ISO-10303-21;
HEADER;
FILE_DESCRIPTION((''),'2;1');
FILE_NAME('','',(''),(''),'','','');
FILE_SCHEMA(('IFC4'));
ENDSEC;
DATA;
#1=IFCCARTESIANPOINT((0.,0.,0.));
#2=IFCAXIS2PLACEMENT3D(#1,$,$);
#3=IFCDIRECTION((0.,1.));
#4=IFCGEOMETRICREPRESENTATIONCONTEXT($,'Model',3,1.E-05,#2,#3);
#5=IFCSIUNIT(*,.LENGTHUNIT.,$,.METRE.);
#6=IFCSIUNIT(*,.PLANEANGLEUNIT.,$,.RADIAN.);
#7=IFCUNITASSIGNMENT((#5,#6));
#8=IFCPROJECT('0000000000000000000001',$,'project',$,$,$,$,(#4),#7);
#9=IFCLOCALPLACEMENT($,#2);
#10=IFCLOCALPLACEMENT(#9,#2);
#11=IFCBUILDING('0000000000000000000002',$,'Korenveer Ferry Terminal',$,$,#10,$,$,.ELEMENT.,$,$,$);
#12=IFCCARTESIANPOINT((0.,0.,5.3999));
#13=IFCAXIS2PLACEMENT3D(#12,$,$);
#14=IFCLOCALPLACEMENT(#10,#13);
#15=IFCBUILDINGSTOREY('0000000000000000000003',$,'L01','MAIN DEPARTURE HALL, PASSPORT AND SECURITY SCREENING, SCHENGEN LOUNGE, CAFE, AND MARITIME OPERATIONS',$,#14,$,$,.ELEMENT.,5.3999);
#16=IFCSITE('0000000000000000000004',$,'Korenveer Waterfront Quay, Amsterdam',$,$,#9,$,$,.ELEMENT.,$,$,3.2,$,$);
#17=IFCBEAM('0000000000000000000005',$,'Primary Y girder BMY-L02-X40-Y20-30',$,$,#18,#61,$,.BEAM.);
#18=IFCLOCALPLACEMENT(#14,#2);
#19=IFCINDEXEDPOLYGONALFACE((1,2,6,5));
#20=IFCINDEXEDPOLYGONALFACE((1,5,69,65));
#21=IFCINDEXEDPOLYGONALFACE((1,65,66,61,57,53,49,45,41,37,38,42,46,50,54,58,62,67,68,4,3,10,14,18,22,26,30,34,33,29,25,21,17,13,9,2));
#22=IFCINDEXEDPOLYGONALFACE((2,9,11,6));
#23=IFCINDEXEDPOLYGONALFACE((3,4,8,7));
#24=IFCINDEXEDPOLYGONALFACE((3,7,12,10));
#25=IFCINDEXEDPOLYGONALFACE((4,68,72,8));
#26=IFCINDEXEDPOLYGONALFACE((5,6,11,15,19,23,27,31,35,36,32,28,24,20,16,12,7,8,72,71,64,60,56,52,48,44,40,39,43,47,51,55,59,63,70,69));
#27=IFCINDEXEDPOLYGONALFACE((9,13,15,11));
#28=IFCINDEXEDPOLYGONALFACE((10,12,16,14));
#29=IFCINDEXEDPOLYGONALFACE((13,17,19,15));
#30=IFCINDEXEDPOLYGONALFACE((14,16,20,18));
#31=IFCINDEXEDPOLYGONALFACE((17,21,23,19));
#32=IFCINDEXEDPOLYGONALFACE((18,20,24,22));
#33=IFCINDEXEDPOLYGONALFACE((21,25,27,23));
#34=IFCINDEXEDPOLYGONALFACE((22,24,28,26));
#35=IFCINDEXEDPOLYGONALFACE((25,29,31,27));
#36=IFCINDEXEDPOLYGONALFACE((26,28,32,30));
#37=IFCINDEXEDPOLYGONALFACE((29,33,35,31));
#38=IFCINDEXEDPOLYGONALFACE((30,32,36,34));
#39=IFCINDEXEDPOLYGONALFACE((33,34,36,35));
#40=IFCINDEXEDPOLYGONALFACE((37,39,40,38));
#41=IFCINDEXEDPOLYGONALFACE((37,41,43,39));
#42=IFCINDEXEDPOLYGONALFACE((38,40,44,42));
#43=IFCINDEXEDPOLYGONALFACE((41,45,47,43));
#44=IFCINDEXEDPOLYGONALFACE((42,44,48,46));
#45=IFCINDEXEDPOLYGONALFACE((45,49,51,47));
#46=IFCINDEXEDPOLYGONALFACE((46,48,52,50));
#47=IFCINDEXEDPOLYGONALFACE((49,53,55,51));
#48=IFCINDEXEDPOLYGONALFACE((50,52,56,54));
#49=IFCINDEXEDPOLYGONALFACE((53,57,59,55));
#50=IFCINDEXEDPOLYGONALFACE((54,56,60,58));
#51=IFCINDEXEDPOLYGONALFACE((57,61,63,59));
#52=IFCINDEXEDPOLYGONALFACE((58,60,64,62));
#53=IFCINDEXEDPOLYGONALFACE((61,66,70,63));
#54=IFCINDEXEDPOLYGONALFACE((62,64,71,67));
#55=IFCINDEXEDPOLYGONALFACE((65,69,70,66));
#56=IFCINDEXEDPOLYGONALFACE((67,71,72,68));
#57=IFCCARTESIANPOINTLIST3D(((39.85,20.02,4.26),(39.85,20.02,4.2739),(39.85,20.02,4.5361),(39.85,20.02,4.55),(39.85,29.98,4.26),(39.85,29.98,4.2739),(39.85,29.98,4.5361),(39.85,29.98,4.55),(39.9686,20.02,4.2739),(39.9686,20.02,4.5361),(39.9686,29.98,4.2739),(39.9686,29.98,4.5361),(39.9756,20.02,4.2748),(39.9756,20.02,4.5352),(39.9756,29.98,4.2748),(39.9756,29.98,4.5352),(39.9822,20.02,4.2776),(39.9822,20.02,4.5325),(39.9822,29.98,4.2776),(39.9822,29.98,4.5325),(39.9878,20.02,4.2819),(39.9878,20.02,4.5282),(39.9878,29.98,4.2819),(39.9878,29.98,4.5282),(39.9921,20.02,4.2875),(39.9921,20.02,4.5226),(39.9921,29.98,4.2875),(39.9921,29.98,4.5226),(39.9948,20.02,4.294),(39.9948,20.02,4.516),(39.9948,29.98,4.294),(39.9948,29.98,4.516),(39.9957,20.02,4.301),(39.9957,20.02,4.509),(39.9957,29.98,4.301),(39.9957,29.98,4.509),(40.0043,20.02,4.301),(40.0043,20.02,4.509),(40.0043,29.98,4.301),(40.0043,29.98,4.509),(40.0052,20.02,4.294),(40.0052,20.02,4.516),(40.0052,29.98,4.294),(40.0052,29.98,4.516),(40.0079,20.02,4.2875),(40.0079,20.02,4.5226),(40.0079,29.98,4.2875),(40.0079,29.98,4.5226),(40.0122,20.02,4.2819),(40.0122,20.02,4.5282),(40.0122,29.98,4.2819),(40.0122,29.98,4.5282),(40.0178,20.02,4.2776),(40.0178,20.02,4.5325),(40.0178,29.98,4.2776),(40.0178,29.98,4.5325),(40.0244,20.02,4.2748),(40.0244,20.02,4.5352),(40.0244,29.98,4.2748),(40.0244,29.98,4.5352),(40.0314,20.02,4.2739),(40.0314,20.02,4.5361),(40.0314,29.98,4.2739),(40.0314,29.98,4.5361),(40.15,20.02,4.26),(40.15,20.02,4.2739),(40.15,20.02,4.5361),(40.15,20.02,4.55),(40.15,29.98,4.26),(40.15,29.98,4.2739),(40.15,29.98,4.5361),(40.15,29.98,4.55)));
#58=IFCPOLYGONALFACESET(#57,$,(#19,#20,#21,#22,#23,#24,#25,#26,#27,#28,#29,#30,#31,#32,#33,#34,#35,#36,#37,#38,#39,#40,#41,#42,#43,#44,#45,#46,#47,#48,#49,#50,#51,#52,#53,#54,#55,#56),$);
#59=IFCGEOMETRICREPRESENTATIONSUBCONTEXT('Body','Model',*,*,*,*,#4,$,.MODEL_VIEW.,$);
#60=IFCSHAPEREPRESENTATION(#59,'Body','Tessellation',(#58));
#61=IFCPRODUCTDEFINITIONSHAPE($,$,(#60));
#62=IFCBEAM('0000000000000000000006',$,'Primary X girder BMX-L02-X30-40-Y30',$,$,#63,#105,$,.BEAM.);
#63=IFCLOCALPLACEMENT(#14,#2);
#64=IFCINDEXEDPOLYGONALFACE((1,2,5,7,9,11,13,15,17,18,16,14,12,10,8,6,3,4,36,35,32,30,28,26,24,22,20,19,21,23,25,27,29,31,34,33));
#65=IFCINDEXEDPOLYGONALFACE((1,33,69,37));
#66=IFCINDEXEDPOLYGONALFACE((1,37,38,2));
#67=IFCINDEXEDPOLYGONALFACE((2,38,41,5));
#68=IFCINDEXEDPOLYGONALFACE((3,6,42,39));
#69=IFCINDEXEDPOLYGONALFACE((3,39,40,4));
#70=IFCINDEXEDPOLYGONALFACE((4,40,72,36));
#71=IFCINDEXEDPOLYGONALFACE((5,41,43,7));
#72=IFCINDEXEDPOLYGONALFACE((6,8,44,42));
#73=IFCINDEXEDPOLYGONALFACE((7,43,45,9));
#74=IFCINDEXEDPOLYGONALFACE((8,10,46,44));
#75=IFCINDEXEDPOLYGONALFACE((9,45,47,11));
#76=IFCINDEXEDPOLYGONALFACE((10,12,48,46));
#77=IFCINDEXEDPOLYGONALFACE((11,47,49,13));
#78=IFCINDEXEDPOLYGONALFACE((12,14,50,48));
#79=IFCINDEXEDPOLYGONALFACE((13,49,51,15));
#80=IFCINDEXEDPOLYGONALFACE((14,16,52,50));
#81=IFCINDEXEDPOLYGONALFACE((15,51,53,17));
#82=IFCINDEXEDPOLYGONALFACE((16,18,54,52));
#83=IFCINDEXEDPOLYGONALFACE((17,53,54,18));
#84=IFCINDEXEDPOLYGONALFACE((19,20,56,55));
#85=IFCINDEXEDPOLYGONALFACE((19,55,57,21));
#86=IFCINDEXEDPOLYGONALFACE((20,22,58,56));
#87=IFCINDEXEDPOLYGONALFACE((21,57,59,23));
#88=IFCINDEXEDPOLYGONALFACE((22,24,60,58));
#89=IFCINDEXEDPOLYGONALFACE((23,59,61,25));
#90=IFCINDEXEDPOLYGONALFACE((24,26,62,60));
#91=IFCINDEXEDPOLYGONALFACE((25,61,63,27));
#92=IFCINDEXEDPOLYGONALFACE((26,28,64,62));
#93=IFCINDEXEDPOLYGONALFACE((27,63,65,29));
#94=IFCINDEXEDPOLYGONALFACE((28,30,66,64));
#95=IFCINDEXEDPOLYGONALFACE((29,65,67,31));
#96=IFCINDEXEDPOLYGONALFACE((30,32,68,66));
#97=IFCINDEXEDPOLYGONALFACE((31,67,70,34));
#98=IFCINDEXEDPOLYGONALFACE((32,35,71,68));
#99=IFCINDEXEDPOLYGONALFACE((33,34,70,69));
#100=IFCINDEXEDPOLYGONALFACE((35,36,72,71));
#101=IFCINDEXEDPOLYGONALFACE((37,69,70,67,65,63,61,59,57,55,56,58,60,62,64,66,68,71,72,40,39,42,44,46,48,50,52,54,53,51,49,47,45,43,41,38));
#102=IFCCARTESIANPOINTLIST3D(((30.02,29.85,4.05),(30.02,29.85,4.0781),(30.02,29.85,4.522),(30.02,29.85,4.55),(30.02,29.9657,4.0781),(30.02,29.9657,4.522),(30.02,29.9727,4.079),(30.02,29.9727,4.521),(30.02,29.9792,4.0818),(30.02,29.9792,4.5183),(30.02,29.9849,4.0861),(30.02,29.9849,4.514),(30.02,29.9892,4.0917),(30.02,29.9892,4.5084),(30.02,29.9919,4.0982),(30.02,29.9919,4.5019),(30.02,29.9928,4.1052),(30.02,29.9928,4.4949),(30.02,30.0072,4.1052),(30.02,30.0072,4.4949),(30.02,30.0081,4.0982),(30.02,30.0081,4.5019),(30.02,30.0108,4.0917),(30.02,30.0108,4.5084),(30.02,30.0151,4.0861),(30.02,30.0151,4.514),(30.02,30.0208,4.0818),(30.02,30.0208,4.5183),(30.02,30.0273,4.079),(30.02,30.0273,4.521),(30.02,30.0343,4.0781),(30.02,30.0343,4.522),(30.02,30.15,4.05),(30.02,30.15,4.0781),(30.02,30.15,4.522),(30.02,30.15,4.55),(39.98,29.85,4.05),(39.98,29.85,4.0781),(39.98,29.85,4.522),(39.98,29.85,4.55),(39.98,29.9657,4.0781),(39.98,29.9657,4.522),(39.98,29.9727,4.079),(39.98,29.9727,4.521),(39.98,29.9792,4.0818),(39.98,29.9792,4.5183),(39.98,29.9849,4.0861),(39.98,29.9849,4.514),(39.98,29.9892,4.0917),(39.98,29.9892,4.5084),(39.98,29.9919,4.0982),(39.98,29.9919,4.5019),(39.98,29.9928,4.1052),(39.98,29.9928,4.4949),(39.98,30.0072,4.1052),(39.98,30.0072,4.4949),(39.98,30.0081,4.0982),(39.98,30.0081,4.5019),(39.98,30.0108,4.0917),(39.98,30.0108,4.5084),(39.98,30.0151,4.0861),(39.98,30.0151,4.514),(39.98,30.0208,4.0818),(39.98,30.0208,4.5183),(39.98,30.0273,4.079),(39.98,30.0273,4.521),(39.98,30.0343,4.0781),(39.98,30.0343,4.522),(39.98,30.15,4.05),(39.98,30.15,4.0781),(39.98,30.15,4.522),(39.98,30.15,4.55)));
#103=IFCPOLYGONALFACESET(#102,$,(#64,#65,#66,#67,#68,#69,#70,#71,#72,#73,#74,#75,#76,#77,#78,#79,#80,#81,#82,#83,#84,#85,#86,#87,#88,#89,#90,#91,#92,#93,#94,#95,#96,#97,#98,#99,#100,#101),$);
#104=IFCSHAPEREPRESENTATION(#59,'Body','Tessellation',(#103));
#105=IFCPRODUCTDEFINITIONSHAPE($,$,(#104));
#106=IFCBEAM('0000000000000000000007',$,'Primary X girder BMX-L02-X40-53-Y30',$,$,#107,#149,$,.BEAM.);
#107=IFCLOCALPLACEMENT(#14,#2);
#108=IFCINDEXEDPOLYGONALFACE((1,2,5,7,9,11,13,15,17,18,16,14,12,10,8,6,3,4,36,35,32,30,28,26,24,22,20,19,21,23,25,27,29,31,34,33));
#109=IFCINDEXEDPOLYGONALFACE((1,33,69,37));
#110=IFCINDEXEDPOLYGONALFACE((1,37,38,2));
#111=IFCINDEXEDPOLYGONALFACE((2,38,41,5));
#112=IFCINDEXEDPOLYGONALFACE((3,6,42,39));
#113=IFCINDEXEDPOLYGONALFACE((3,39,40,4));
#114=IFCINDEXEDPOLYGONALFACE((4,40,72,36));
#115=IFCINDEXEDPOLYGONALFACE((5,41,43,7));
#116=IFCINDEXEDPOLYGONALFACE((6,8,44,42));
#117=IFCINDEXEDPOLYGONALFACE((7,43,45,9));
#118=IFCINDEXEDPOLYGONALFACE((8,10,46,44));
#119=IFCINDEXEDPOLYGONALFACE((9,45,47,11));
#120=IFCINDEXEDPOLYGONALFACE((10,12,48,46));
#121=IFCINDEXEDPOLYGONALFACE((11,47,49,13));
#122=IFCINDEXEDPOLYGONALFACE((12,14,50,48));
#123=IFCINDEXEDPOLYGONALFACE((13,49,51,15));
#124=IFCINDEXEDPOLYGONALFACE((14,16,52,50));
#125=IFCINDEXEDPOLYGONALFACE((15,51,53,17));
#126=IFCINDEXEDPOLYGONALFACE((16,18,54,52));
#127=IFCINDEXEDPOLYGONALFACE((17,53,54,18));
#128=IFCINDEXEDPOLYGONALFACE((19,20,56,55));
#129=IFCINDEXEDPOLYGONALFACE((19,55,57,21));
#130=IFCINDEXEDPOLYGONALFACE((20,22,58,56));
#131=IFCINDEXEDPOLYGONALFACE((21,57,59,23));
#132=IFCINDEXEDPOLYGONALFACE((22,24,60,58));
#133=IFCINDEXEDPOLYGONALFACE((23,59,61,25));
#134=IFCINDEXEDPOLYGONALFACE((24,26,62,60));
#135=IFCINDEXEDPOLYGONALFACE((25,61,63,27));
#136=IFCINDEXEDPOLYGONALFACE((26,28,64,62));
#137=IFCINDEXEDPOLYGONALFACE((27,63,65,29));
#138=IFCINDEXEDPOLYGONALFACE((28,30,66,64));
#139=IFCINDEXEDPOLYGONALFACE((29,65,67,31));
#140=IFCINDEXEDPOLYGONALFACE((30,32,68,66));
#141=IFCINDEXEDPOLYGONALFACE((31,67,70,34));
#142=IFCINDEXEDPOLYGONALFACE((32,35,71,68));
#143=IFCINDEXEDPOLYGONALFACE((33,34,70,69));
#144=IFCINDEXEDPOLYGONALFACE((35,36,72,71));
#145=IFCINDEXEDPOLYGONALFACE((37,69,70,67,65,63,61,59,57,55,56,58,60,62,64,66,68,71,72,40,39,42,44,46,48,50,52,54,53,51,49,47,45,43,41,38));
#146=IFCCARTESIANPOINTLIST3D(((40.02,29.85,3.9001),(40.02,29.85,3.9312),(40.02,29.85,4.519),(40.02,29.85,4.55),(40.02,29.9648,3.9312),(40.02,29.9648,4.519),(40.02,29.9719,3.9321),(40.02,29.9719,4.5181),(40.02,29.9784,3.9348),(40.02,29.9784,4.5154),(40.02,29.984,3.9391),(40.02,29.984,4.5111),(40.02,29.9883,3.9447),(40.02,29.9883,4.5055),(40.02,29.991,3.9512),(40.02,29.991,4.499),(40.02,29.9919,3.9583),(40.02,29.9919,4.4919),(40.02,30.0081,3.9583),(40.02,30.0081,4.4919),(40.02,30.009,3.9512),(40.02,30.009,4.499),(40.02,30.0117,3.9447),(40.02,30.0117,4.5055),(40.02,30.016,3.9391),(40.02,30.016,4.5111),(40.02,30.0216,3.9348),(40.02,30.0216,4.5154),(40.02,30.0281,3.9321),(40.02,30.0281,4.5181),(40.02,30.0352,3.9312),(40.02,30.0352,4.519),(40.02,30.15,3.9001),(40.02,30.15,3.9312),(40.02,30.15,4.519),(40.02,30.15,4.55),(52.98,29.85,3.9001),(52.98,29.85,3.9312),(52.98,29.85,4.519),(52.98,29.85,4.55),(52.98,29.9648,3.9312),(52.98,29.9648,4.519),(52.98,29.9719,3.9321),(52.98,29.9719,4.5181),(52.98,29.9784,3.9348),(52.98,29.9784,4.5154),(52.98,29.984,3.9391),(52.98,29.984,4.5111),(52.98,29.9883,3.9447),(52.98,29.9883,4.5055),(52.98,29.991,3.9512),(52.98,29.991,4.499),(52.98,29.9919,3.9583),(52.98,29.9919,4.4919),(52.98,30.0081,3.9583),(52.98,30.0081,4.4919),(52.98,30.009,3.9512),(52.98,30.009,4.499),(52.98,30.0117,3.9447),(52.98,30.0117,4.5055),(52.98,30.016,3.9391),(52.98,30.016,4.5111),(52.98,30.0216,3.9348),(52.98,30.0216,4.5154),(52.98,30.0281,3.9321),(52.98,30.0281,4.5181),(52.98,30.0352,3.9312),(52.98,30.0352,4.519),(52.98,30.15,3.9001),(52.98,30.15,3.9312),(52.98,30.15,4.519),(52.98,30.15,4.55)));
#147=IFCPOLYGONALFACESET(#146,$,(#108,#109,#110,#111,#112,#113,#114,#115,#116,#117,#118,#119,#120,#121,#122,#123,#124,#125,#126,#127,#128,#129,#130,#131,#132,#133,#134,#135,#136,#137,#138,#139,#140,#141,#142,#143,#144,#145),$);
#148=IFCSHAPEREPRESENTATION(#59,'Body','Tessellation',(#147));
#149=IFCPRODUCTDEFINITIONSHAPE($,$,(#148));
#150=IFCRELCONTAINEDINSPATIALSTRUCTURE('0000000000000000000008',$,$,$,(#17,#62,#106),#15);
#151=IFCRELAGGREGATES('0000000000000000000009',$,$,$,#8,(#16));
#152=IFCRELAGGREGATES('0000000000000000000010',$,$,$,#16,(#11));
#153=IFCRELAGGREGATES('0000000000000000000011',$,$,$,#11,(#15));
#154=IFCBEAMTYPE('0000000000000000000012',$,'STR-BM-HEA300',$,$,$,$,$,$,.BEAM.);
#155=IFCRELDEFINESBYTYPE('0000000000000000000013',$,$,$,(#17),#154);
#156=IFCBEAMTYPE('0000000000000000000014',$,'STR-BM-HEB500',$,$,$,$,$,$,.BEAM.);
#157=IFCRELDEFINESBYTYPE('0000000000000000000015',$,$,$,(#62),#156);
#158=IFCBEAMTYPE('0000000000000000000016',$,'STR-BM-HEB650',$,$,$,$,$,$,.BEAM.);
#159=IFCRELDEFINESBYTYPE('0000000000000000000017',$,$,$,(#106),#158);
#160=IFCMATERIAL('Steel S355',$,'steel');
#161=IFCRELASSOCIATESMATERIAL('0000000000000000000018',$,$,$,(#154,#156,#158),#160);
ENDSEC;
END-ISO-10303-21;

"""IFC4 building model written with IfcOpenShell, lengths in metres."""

from ifc_helpers import new_model, si_unit, direction, frame, origin, origin_2d, place, context, subcontext, project, spatial, i_section, extrude, material, material_profile, profile_set, type_object, element, save


model = new_model("IFC4")

# Units and contexts
model_context = context("Model", 3, precision=1e-05, world=origin(), true_north=direction((0.0, 1.0)))
body_context = subcontext(model_context, "Body", "Model", "MODEL_VIEW")
ifc_project = project(units=[si_unit("LENGTHUNIT", "METRE"), si_unit("PLANEANGLEUNIT", "RADIAN")], contexts=[model_context])

# Site, building, storey
site_placement = place(None, origin())
site = spatial("IfcSite", under=ifc_project, at=site_placement, Name="Korenveer Waterfront Quay, Amsterdam", CompositionType="ELEMENT", RefElevation=3.2)
building_placement = place(site_placement, origin())
building = spatial("IfcBuilding", under=site, at=building_placement, Name="Korenveer Ferry Terminal", CompositionType="ELEMENT")
storey_placement = place(building_placement, frame((0.0, 0.0, 5.3999)))
storey = spatial("IfcBuildingStorey", under=building, at=storey_placement, Name="L01", Description="MAIN DEPARTURE HALL, PASSPORT AND SECURITY SCREENING, SCHENGEN LOUNGE, CAFE, AND MARITIME OPERATIONS", CompositionType="ELEMENT", Elevation=5.3999)

# Beams
ifc_material_1 = material(Name="Steel S355", Category="steel")
ifc_material_profile_1 = material_profile(ifc_material_1, i_section(OverallWidth=0.3, OverallDepth=0.29, WebThickness=0.0085, FlangeThickness=0.0139, FilletRadius=0.0271, at=origin_2d()), Name="HEA 300")
ifc_profile_set_1 = profile_set([ifc_material_profile_1], Name="Steel S355")
beam_type_1 = type_object("IfcBeamType", Name="STR-BM-HEA300", PredefinedType="BEAM", material=ifc_profile_set_1)
beam_1_placement = place(storey_placement, frame((40.0, 20.02, 4.405), z_axis=(0.0, 1.0, 0.0), x_axis=(-1.0, 0.0, 0.0)))
element("IfcBeam", 1, at=beam_1_placement, inside=storey, type_object=beam_type_1, Name="Primary Y girder BMY-L02-X40-Y20-30", PredefinedType="BEAM", context=body_context, shape_type="SweptSolid", body=[
    extrude(i_section(OverallWidth=0.3, OverallDepth=0.29, WebThickness=0.0085, FlangeThickness=0.0139, FilletRadius=0.0271, at=origin_2d()), origin(), (0.0, 0.0, 1.0), 9.96),
])
ifc_material_profile_2 = material_profile(ifc_material_1, i_section(OverallWidth=0.3, OverallDepth=0.5, WebThickness=0.0144, FlangeThickness=0.0281, FilletRadius=0.0271, at=origin_2d()), Name="HEB 500")
ifc_profile_set_2 = profile_set([ifc_material_profile_2], Name="Steel S355")
beam_type_2 = type_object("IfcBeamType", Name="STR-BM-HEB500", PredefinedType="BEAM", material=ifc_profile_set_2)
beam_2_placement = place(storey_placement, frame((30.02, 30.0, 4.3), z_axis=(1.0, 0.0, 0.0), x_axis=(0.0, 1.0, 0.0)))
element("IfcBeam", 2, at=beam_2_placement, inside=storey, type_object=beam_type_2, Name="Primary X girder BMX-L02-X30-40-Y30", PredefinedType="BEAM", context=body_context, shape_type="SweptSolid", body=[
    extrude(i_section(OverallWidth=0.3, OverallDepth=0.5, WebThickness=0.0144, FlangeThickness=0.0281, FilletRadius=0.0271, at=origin_2d()), origin(), (0.0, 0.0, 1.0), 9.96),
])
ifc_material_profile_3 = material_profile(ifc_material_1, i_section(OverallWidth=0.3, OverallDepth=0.6499, WebThickness=0.0161, FlangeThickness=0.031, FilletRadius=0.0271, at=origin_2d()), Name="HEB 650")
ifc_profile_set_3 = profile_set([ifc_material_profile_3], Name="Steel S355")
beam_type_3 = type_object("IfcBeamType", Name="STR-BM-HEB650", PredefinedType="BEAM", material=ifc_profile_set_3)
beam_3_placement = place(storey_placement, frame((40.02, 30.0, 4.2251), z_axis=(1.0, 0.0, 0.0), x_axis=(0.0, 1.0, 0.0)))
element("IfcBeam", 3, at=beam_3_placement, inside=storey, type_object=beam_type_3, Name="Primary X girder BMX-L02-X40-53-Y30", PredefinedType="BEAM", context=body_context, shape_type="SweptSolid", body=[
    extrude(i_section(OverallWidth=0.3, OverallDepth=0.6499, WebThickness=0.0161, FlangeThickness=0.031, FilletRadius=0.0271, at=origin_2d()), origin(), (0.0, 0.0, 1.0), 12.96),
])

save(model, "model.ifc")
